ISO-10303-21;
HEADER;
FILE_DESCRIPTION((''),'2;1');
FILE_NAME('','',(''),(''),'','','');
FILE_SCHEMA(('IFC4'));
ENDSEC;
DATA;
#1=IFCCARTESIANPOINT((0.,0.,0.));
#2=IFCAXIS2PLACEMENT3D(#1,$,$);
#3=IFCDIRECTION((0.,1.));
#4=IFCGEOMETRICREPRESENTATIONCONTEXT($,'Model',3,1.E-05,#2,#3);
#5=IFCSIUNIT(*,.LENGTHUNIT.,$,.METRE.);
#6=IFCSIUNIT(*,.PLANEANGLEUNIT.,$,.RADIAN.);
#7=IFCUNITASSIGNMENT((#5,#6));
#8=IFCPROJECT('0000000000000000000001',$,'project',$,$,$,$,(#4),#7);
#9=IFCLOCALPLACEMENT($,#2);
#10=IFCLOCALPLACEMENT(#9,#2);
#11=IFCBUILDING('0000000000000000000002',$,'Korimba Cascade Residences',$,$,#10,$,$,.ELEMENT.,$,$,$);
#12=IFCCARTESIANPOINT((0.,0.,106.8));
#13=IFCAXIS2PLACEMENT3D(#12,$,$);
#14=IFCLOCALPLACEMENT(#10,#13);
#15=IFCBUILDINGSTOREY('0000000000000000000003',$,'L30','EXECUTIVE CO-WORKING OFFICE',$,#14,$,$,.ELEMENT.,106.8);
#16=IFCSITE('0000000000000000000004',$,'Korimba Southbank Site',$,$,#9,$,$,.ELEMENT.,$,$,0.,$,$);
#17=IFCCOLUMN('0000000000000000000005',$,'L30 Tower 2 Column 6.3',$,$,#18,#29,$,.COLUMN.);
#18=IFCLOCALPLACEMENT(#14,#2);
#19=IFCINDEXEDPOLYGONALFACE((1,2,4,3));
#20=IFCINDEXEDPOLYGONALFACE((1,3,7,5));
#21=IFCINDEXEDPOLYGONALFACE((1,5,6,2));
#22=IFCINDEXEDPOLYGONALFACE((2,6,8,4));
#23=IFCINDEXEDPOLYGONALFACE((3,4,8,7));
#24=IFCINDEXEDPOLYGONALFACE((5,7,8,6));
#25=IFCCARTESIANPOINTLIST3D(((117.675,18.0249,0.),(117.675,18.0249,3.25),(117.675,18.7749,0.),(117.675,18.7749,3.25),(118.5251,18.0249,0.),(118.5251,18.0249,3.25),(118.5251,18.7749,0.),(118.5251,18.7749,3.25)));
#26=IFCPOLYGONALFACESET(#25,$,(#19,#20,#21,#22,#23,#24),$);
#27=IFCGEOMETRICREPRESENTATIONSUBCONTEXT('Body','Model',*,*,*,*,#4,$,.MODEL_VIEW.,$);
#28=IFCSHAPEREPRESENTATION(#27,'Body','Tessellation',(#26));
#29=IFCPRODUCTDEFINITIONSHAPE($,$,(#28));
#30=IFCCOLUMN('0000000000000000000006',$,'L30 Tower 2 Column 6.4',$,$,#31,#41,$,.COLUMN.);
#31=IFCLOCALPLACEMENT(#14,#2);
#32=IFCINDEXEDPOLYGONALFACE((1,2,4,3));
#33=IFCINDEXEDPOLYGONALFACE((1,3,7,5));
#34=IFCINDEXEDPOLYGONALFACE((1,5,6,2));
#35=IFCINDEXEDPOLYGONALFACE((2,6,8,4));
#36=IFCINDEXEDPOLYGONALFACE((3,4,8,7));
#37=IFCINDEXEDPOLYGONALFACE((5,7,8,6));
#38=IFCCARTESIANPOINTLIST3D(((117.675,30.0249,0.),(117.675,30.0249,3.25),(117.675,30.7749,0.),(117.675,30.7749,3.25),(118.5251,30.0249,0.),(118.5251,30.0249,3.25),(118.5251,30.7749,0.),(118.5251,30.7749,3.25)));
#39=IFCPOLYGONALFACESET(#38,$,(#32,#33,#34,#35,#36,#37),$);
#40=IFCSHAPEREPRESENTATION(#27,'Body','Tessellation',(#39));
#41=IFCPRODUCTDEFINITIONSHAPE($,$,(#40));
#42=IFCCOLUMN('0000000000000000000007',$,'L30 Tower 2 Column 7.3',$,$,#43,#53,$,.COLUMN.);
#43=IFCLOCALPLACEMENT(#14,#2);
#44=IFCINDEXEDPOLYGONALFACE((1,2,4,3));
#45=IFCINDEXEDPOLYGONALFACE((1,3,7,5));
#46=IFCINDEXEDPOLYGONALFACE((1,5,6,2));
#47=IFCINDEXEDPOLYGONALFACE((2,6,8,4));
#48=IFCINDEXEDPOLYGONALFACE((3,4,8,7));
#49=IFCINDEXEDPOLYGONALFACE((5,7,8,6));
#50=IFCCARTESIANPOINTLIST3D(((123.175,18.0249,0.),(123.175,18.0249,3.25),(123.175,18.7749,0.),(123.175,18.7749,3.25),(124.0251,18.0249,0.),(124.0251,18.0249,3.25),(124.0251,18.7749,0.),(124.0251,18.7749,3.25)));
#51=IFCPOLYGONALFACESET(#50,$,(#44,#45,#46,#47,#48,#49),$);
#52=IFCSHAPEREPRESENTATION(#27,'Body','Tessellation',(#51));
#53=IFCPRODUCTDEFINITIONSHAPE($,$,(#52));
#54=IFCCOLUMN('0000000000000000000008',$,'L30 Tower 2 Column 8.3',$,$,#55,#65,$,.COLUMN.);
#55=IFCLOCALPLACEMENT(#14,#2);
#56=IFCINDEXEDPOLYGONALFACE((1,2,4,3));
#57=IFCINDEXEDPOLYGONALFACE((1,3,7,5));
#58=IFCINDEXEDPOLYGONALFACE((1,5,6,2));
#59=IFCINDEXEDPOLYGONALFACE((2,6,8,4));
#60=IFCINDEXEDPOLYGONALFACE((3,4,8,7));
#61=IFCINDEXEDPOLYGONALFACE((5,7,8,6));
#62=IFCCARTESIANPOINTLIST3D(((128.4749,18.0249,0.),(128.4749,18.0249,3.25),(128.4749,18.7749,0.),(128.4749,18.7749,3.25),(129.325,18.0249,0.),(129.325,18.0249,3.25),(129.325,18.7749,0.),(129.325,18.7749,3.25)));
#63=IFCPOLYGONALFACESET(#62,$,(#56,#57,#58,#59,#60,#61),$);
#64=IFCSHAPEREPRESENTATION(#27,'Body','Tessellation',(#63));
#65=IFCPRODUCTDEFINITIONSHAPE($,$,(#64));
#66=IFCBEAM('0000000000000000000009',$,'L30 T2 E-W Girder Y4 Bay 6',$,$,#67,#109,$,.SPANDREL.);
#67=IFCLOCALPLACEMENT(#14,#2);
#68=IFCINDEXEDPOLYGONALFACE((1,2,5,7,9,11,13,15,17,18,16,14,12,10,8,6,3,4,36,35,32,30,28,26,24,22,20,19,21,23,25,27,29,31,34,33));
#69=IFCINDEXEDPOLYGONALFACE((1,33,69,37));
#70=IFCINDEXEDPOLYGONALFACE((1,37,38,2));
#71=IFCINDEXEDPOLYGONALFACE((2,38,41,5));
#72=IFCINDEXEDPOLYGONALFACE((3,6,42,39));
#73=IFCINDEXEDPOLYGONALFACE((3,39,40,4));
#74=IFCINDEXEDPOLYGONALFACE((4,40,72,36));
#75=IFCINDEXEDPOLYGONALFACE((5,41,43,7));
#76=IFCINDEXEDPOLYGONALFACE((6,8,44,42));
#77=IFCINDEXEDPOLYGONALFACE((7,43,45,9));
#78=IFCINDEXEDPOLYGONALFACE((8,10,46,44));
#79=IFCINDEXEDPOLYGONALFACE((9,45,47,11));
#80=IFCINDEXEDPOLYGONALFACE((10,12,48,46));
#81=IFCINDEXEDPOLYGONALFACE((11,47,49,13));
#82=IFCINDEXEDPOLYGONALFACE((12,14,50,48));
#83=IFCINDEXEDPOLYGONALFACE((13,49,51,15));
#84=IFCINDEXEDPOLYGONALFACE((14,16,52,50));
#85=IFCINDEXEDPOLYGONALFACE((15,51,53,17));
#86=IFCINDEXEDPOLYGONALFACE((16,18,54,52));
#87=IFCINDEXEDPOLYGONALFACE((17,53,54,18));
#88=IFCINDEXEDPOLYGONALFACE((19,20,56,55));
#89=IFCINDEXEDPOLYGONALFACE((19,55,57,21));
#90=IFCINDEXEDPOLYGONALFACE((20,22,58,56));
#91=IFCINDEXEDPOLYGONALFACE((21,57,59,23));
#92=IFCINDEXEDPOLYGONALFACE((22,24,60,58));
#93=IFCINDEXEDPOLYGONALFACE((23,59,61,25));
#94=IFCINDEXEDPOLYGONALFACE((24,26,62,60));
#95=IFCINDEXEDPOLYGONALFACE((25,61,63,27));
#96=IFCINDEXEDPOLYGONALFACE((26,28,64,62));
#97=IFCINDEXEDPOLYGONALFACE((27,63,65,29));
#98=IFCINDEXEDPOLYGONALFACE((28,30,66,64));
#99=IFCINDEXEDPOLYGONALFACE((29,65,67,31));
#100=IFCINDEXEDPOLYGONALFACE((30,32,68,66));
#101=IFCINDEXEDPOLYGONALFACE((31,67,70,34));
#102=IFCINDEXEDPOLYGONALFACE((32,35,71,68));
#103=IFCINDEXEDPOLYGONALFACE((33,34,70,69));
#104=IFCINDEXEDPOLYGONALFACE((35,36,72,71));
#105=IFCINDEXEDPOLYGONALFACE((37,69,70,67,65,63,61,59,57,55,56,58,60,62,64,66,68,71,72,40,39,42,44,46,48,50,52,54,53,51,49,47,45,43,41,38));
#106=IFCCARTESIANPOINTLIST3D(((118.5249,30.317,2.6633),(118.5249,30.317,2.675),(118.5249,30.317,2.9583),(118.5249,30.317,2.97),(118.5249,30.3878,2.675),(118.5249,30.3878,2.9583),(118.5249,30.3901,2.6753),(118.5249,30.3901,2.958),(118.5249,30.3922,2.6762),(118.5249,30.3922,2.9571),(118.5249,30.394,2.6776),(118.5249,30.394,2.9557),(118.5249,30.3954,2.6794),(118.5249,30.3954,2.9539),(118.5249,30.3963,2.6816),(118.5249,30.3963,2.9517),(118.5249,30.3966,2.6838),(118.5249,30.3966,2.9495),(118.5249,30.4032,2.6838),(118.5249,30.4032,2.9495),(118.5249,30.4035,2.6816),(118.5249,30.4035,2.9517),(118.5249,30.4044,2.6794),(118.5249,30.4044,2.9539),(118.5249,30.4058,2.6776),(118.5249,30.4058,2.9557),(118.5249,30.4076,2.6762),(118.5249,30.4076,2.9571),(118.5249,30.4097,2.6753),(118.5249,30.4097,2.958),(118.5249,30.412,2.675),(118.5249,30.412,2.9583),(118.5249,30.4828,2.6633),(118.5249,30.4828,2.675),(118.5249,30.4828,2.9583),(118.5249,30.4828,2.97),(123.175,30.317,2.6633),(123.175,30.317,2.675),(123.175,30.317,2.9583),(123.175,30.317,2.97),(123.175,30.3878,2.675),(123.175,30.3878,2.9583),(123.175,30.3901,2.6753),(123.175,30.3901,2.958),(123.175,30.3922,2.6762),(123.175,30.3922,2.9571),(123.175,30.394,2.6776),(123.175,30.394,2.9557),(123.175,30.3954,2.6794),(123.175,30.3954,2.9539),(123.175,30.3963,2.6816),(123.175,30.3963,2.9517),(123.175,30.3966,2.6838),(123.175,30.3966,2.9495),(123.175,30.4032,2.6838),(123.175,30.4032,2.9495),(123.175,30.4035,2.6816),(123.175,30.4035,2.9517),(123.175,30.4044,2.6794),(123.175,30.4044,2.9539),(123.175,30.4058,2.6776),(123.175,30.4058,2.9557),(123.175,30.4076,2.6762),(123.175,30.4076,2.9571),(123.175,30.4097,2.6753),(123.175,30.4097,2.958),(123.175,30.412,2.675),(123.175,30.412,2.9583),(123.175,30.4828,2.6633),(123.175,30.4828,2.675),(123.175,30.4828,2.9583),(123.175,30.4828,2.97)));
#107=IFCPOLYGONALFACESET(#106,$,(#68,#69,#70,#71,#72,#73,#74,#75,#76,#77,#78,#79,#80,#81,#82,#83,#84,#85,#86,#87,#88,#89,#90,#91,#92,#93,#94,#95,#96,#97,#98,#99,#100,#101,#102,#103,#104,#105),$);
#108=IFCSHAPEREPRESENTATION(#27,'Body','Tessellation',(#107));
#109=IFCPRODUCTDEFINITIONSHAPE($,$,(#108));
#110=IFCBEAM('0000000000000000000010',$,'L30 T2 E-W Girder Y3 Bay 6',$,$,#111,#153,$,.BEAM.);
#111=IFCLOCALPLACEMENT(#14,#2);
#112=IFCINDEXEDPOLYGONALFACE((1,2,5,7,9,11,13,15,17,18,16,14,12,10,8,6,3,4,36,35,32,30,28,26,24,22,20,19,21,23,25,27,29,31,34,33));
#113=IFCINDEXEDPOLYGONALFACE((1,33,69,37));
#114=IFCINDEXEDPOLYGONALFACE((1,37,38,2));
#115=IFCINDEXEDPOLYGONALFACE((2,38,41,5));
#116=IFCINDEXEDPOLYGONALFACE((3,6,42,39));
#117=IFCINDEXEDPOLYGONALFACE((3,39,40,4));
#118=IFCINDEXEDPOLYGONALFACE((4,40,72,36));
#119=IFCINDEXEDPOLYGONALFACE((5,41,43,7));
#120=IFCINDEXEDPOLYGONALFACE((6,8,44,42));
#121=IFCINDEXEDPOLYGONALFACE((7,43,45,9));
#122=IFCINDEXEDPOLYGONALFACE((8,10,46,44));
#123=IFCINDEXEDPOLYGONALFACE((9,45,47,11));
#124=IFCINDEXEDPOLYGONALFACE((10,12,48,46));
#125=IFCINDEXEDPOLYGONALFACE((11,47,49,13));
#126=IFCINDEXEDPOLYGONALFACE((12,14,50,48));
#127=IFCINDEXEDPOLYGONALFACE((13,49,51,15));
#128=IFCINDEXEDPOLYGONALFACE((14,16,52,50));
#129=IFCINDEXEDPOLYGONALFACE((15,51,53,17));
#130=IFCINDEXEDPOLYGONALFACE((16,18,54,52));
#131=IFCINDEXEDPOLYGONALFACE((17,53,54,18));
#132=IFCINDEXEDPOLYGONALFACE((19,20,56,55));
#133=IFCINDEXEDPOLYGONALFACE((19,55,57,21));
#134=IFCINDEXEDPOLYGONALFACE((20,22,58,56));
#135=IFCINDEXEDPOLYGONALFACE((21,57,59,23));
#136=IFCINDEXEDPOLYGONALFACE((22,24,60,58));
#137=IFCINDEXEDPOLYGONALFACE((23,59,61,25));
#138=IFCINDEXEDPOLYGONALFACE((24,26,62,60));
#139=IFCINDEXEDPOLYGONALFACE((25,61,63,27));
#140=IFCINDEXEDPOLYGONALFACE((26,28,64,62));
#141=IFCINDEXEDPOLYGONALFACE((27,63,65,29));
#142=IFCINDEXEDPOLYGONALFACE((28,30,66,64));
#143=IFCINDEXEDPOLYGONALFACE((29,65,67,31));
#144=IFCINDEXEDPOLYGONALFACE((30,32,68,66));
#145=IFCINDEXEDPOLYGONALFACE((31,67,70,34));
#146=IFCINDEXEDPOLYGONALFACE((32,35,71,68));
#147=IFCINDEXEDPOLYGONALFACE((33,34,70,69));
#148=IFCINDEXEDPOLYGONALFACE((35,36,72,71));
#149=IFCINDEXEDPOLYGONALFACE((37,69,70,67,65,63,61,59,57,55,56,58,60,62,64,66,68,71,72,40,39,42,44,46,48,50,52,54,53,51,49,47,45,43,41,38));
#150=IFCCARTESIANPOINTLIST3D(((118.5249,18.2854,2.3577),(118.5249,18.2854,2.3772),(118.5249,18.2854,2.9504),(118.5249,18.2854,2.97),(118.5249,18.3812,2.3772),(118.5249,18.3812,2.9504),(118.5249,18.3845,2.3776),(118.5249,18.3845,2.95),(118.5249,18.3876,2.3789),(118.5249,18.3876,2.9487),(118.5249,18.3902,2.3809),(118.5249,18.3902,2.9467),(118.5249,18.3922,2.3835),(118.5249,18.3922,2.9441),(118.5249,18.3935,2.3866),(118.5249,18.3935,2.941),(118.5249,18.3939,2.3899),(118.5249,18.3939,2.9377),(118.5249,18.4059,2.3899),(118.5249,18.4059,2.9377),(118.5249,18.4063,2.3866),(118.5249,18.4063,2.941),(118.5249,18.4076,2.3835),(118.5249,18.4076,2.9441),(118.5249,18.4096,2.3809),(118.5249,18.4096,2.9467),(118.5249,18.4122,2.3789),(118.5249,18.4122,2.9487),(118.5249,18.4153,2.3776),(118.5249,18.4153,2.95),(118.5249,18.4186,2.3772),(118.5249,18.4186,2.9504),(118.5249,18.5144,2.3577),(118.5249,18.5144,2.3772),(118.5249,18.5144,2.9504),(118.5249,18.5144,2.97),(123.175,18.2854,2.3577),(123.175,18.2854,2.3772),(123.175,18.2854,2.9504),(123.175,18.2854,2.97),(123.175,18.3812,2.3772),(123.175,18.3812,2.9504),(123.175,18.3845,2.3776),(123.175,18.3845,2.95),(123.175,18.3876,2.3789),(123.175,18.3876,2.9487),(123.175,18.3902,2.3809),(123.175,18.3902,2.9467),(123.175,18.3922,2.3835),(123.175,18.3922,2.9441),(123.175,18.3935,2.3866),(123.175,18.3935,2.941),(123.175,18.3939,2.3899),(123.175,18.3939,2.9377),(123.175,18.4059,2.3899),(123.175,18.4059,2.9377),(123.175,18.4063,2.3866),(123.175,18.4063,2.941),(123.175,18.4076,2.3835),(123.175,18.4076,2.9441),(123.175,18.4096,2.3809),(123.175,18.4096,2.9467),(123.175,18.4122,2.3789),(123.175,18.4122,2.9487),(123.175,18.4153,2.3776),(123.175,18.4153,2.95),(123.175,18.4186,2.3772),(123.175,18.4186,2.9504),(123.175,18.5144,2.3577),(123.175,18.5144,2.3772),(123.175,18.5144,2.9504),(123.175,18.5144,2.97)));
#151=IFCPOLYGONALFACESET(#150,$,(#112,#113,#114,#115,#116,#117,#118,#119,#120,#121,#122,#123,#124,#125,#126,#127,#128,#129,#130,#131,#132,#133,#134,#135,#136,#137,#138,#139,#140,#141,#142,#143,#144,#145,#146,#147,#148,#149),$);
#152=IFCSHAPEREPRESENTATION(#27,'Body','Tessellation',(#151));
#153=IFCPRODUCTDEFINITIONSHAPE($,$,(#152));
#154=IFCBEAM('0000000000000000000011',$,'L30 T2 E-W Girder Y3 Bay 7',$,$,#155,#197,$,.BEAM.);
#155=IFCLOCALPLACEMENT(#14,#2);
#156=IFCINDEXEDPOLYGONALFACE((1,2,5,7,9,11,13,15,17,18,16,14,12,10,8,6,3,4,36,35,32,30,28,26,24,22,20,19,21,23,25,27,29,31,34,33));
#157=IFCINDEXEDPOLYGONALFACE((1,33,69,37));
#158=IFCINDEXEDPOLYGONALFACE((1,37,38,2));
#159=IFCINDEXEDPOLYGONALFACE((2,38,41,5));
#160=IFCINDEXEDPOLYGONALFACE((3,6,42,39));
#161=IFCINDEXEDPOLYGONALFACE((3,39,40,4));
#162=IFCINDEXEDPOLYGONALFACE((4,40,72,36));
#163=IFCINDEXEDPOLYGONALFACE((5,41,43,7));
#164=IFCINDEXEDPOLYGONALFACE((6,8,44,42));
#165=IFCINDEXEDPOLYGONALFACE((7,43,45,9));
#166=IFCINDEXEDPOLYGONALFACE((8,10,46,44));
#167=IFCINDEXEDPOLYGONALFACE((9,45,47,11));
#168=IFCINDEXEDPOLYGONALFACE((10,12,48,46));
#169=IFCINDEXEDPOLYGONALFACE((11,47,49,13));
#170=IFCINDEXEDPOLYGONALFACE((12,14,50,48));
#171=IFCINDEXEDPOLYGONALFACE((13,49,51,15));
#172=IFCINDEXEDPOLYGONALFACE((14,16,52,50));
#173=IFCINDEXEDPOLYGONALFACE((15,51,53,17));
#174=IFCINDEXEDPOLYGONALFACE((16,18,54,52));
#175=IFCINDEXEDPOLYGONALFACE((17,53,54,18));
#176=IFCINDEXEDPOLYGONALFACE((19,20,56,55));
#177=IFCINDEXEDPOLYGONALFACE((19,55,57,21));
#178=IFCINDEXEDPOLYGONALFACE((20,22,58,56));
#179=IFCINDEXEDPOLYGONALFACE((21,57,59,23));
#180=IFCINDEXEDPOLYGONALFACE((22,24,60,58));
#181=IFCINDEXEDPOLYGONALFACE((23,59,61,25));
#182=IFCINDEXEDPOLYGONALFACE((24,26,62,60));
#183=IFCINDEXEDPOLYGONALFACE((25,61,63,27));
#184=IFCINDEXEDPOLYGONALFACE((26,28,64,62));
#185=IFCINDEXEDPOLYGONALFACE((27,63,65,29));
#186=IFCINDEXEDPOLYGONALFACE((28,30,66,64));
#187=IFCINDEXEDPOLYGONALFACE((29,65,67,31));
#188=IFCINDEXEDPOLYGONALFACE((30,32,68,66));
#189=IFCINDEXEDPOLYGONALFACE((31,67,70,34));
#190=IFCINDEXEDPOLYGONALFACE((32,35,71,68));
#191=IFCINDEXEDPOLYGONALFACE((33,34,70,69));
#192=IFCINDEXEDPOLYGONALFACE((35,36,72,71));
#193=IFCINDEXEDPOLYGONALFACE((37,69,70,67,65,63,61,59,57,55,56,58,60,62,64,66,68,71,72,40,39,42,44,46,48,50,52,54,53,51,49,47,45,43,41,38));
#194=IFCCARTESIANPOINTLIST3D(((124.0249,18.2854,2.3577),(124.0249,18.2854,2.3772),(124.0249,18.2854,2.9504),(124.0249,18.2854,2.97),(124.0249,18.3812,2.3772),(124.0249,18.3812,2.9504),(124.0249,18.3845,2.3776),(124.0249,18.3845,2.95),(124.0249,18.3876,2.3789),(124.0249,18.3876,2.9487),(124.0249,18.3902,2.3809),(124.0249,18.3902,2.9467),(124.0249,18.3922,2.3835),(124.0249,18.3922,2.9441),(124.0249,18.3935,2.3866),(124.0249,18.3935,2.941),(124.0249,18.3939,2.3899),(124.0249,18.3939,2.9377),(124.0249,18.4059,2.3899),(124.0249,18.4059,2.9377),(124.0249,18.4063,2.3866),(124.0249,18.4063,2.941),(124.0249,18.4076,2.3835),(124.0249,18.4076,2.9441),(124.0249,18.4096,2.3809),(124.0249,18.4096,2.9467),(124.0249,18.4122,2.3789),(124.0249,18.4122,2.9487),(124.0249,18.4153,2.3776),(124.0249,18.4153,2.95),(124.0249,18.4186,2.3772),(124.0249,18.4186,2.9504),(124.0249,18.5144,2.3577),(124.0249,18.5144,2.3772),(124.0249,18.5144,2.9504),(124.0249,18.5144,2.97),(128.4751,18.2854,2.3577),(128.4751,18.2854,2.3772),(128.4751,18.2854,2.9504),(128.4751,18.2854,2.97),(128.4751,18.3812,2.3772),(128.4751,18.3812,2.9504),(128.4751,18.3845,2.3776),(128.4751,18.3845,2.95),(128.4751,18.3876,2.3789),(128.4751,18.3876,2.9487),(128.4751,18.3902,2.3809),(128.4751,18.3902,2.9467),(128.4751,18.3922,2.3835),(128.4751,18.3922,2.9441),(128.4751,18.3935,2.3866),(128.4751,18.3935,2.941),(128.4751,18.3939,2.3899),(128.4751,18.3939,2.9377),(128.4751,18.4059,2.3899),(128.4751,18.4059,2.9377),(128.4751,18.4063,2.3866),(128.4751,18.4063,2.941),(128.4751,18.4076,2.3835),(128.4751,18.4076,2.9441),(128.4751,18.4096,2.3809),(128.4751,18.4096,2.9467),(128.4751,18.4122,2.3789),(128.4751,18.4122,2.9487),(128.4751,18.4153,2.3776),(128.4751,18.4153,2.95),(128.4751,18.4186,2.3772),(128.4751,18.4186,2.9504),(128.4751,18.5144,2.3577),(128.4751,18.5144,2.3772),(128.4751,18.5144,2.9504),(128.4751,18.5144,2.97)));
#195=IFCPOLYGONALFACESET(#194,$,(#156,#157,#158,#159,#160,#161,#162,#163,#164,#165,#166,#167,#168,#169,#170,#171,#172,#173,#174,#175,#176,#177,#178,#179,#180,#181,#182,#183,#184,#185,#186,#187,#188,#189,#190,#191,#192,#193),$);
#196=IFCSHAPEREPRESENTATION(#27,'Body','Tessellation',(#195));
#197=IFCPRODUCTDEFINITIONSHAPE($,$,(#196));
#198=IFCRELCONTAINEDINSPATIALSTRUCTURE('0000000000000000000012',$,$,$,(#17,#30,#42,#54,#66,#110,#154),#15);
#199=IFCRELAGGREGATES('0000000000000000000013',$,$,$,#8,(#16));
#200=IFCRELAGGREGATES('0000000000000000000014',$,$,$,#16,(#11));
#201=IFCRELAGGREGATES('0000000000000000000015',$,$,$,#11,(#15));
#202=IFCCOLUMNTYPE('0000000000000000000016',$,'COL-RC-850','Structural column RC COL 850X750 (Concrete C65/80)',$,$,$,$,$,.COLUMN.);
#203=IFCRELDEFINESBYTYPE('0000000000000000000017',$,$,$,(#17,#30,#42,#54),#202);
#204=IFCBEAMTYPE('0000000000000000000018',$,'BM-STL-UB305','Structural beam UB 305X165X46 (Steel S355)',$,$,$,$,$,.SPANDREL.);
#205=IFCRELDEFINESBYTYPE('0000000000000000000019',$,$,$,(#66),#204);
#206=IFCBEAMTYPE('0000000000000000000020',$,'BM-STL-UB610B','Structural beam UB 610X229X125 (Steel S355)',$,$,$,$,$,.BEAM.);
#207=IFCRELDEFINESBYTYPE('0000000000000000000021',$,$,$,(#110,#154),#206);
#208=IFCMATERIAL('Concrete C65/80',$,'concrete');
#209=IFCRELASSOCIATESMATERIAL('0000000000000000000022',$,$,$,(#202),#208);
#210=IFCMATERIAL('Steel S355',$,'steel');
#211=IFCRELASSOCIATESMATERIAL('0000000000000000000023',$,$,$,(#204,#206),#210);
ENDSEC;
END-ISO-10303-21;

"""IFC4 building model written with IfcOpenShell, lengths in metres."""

from ifc_helpers import new_model, si_unit, direction, frame, origin, origin_2d, place, context, subcontext, project, spatial, rectangle, i_section, extrude, material, material_profile, profile_set, type_object, element, save


model = new_model("IFC4")

# Units and contexts
model_context = context("Model", 3, precision=1e-05, world=origin(), true_north=direction((0.0, 1.0)))
body_context = subcontext(model_context, "Body", "Model", "MODEL_VIEW")
ifc_project = project(units=[si_unit("LENGTHUNIT", "METRE"), si_unit("PLANEANGLEUNIT", "RADIAN")], contexts=[model_context])

# Site, building, storey
site_placement = place(None, origin())
site = spatial("IfcSite", under=ifc_project, at=site_placement, Name="Korimba Southbank Site", CompositionType="ELEMENT", RefElevation=0.0)
building_placement = place(site_placement, origin())
building = spatial("IfcBuilding", under=site, at=building_placement, Name="Korimba Cascade Residences", CompositionType="ELEMENT")
storey_placement = place(building_placement, frame((0.0, 0.0, 106.8)))
storey = spatial("IfcBuildingStorey", under=building, at=storey_placement, Name="L30", Description="EXECUTIVE CO-WORKING OFFICE", CompositionType="ELEMENT", Elevation=106.8)

# Columns
ifc_material_1 = material(Name="Concrete C65/80", Category="concrete")
ifc_material_profile_1 = material_profile(ifc_material_1, rectangle(XDim=0.8501, YDim=0.75, at=origin_2d()), Name="Concrete C65/80")
ifc_profile_set_1 = profile_set([ifc_material_profile_1], Name="Concrete C65/80")
column_type = type_object("IfcColumnType", Name="COL-RC-850", Description="Structural column RC COL 850X750 (Concrete C65/80)", PredefinedType="COLUMN", material=ifc_profile_set_1)
for number, where, z_axis, x_axis, name in (
    (1, (118.1001, 18.3999, 0.0), (0.0, 0.0, 1.0), (1.0, 0.0, 0.0), "L30 Tower 2 Column 6.3"),
    (2, (118.1001, 30.3999, 0.0), (0.0, 0.0, 1.0), (1.0, 0.0, 0.0), "L30 Tower 2 Column 6.4"),
    (3, (123.6001, 18.3999, 0.0), (0.0, 0.0, 1.0), (1.0, 0.0, 0.0), "L30 Tower 2 Column 7.3"),
    (4, (128.8999, 18.3999, 0.0), (0.0, 0.0, 1.0), (1.0, 0.0, 0.0), "L30 Tower 2 Column 8.3"),
):
    element("IfcColumn", number, at=place(storey_placement, frame(where, z_axis=z_axis, x_axis=x_axis)), inside=storey, type_object=column_type, Name=name, PredefinedType="COLUMN", context=body_context, shape_type="SweptSolid", body=[
        extrude(rectangle(XDim=0.8501, YDim=0.75, at=origin_2d()), origin(), (0.0, 0.0, 1.0), 3.25),
    ])

# Beams
ifc_material_2 = material(Name="Steel S355", Category="steel")
ifc_material_profile_2 = material_profile(ifc_material_2, i_section(OverallWidth=0.1658, OverallDepth=0.3066, WebThickness=0.0066, FlangeThickness=0.0117, FilletRadius=0.0088, at=origin_2d()), Name="Steel S355")
ifc_profile_set_2 = profile_set([ifc_material_profile_2], Name="Steel S355")
beam_type_1 = type_object("IfcBeamType", Name="BM-STL-UB305", Description="Structural beam UB 305X165X46 (Steel S355)", PredefinedType="SPANDREL", material=ifc_profile_set_2)
beam_1_placement = place(storey_placement, frame((118.5249, 30.3999, 2.8167), z_axis=(1.0, 0.0, 0.0), x_axis=(0.0, 1.0, 0.0)))
element("IfcBeam", 5, at=beam_1_placement, inside=storey, type_object=beam_type_1, Name="L30 T2 E-W Girder Y4 Bay 6", PredefinedType="SPANDREL", context=body_context, shape_type="SweptSolid", body=[
    extrude(i_section(OverallWidth=0.1658, OverallDepth=0.3066, WebThickness=0.0066, FlangeThickness=0.0117, FilletRadius=0.0088, at=origin_2d()), origin(), (0.0, 0.0, 1.0), 4.6501),
])
ifc_material_profile_3 = material_profile(ifc_material_2, i_section(OverallWidth=0.229, OverallDepth=0.6123, WebThickness=0.012, FlangeThickness=0.0195, FilletRadius=0.0127, at=origin_2d()), Name="Steel S355")
ifc_profile_set_3 = profile_set([ifc_material_profile_3], Name="Steel S355")
beam_type_2 = type_object("IfcBeamType", Name="BM-STL-UB610B", Description="Structural beam UB 610X229X125 (Steel S355)", PredefinedType="BEAM", material=ifc_profile_set_3)
beam_2_placement = place(storey_placement, frame((118.5249, 18.3999, 2.6638), z_axis=(1.0, 0.0, 0.0), x_axis=(0.0, 1.0, 0.0)))
element("IfcBeam", 6, at=beam_2_placement, inside=storey, type_object=beam_type_2, Name="L30 T2 E-W Girder Y3 Bay 6", PredefinedType="BEAM", context=body_context, shape_type="SweptSolid", body=[
    extrude(i_section(OverallWidth=0.229, OverallDepth=0.6123, WebThickness=0.012, FlangeThickness=0.0195, FilletRadius=0.0127, at=origin_2d()), origin(), (0.0, 0.0, 1.0), 4.6501),
])
beam_3_placement = place(storey_placement, frame((124.0249, 18.3999, 2.6638), z_axis=(1.0, 0.0, 0.0), x_axis=(0.0, 1.0, 0.0)))
element("IfcBeam", 7, at=beam_3_placement, inside=storey, type_object=beam_type_2, Name="L30 T2 E-W Girder Y3 Bay 7", PredefinedType="BEAM", context=body_context, shape_type="SweptSolid", body=[
    extrude(i_section(OverallWidth=0.229, OverallDepth=0.6123, WebThickness=0.012, FlangeThickness=0.0195, FilletRadius=0.0127, at=origin_2d()), origin(), (0.0, 0.0, 1.0), 4.4502),
])

save(model, "model.ifc")
